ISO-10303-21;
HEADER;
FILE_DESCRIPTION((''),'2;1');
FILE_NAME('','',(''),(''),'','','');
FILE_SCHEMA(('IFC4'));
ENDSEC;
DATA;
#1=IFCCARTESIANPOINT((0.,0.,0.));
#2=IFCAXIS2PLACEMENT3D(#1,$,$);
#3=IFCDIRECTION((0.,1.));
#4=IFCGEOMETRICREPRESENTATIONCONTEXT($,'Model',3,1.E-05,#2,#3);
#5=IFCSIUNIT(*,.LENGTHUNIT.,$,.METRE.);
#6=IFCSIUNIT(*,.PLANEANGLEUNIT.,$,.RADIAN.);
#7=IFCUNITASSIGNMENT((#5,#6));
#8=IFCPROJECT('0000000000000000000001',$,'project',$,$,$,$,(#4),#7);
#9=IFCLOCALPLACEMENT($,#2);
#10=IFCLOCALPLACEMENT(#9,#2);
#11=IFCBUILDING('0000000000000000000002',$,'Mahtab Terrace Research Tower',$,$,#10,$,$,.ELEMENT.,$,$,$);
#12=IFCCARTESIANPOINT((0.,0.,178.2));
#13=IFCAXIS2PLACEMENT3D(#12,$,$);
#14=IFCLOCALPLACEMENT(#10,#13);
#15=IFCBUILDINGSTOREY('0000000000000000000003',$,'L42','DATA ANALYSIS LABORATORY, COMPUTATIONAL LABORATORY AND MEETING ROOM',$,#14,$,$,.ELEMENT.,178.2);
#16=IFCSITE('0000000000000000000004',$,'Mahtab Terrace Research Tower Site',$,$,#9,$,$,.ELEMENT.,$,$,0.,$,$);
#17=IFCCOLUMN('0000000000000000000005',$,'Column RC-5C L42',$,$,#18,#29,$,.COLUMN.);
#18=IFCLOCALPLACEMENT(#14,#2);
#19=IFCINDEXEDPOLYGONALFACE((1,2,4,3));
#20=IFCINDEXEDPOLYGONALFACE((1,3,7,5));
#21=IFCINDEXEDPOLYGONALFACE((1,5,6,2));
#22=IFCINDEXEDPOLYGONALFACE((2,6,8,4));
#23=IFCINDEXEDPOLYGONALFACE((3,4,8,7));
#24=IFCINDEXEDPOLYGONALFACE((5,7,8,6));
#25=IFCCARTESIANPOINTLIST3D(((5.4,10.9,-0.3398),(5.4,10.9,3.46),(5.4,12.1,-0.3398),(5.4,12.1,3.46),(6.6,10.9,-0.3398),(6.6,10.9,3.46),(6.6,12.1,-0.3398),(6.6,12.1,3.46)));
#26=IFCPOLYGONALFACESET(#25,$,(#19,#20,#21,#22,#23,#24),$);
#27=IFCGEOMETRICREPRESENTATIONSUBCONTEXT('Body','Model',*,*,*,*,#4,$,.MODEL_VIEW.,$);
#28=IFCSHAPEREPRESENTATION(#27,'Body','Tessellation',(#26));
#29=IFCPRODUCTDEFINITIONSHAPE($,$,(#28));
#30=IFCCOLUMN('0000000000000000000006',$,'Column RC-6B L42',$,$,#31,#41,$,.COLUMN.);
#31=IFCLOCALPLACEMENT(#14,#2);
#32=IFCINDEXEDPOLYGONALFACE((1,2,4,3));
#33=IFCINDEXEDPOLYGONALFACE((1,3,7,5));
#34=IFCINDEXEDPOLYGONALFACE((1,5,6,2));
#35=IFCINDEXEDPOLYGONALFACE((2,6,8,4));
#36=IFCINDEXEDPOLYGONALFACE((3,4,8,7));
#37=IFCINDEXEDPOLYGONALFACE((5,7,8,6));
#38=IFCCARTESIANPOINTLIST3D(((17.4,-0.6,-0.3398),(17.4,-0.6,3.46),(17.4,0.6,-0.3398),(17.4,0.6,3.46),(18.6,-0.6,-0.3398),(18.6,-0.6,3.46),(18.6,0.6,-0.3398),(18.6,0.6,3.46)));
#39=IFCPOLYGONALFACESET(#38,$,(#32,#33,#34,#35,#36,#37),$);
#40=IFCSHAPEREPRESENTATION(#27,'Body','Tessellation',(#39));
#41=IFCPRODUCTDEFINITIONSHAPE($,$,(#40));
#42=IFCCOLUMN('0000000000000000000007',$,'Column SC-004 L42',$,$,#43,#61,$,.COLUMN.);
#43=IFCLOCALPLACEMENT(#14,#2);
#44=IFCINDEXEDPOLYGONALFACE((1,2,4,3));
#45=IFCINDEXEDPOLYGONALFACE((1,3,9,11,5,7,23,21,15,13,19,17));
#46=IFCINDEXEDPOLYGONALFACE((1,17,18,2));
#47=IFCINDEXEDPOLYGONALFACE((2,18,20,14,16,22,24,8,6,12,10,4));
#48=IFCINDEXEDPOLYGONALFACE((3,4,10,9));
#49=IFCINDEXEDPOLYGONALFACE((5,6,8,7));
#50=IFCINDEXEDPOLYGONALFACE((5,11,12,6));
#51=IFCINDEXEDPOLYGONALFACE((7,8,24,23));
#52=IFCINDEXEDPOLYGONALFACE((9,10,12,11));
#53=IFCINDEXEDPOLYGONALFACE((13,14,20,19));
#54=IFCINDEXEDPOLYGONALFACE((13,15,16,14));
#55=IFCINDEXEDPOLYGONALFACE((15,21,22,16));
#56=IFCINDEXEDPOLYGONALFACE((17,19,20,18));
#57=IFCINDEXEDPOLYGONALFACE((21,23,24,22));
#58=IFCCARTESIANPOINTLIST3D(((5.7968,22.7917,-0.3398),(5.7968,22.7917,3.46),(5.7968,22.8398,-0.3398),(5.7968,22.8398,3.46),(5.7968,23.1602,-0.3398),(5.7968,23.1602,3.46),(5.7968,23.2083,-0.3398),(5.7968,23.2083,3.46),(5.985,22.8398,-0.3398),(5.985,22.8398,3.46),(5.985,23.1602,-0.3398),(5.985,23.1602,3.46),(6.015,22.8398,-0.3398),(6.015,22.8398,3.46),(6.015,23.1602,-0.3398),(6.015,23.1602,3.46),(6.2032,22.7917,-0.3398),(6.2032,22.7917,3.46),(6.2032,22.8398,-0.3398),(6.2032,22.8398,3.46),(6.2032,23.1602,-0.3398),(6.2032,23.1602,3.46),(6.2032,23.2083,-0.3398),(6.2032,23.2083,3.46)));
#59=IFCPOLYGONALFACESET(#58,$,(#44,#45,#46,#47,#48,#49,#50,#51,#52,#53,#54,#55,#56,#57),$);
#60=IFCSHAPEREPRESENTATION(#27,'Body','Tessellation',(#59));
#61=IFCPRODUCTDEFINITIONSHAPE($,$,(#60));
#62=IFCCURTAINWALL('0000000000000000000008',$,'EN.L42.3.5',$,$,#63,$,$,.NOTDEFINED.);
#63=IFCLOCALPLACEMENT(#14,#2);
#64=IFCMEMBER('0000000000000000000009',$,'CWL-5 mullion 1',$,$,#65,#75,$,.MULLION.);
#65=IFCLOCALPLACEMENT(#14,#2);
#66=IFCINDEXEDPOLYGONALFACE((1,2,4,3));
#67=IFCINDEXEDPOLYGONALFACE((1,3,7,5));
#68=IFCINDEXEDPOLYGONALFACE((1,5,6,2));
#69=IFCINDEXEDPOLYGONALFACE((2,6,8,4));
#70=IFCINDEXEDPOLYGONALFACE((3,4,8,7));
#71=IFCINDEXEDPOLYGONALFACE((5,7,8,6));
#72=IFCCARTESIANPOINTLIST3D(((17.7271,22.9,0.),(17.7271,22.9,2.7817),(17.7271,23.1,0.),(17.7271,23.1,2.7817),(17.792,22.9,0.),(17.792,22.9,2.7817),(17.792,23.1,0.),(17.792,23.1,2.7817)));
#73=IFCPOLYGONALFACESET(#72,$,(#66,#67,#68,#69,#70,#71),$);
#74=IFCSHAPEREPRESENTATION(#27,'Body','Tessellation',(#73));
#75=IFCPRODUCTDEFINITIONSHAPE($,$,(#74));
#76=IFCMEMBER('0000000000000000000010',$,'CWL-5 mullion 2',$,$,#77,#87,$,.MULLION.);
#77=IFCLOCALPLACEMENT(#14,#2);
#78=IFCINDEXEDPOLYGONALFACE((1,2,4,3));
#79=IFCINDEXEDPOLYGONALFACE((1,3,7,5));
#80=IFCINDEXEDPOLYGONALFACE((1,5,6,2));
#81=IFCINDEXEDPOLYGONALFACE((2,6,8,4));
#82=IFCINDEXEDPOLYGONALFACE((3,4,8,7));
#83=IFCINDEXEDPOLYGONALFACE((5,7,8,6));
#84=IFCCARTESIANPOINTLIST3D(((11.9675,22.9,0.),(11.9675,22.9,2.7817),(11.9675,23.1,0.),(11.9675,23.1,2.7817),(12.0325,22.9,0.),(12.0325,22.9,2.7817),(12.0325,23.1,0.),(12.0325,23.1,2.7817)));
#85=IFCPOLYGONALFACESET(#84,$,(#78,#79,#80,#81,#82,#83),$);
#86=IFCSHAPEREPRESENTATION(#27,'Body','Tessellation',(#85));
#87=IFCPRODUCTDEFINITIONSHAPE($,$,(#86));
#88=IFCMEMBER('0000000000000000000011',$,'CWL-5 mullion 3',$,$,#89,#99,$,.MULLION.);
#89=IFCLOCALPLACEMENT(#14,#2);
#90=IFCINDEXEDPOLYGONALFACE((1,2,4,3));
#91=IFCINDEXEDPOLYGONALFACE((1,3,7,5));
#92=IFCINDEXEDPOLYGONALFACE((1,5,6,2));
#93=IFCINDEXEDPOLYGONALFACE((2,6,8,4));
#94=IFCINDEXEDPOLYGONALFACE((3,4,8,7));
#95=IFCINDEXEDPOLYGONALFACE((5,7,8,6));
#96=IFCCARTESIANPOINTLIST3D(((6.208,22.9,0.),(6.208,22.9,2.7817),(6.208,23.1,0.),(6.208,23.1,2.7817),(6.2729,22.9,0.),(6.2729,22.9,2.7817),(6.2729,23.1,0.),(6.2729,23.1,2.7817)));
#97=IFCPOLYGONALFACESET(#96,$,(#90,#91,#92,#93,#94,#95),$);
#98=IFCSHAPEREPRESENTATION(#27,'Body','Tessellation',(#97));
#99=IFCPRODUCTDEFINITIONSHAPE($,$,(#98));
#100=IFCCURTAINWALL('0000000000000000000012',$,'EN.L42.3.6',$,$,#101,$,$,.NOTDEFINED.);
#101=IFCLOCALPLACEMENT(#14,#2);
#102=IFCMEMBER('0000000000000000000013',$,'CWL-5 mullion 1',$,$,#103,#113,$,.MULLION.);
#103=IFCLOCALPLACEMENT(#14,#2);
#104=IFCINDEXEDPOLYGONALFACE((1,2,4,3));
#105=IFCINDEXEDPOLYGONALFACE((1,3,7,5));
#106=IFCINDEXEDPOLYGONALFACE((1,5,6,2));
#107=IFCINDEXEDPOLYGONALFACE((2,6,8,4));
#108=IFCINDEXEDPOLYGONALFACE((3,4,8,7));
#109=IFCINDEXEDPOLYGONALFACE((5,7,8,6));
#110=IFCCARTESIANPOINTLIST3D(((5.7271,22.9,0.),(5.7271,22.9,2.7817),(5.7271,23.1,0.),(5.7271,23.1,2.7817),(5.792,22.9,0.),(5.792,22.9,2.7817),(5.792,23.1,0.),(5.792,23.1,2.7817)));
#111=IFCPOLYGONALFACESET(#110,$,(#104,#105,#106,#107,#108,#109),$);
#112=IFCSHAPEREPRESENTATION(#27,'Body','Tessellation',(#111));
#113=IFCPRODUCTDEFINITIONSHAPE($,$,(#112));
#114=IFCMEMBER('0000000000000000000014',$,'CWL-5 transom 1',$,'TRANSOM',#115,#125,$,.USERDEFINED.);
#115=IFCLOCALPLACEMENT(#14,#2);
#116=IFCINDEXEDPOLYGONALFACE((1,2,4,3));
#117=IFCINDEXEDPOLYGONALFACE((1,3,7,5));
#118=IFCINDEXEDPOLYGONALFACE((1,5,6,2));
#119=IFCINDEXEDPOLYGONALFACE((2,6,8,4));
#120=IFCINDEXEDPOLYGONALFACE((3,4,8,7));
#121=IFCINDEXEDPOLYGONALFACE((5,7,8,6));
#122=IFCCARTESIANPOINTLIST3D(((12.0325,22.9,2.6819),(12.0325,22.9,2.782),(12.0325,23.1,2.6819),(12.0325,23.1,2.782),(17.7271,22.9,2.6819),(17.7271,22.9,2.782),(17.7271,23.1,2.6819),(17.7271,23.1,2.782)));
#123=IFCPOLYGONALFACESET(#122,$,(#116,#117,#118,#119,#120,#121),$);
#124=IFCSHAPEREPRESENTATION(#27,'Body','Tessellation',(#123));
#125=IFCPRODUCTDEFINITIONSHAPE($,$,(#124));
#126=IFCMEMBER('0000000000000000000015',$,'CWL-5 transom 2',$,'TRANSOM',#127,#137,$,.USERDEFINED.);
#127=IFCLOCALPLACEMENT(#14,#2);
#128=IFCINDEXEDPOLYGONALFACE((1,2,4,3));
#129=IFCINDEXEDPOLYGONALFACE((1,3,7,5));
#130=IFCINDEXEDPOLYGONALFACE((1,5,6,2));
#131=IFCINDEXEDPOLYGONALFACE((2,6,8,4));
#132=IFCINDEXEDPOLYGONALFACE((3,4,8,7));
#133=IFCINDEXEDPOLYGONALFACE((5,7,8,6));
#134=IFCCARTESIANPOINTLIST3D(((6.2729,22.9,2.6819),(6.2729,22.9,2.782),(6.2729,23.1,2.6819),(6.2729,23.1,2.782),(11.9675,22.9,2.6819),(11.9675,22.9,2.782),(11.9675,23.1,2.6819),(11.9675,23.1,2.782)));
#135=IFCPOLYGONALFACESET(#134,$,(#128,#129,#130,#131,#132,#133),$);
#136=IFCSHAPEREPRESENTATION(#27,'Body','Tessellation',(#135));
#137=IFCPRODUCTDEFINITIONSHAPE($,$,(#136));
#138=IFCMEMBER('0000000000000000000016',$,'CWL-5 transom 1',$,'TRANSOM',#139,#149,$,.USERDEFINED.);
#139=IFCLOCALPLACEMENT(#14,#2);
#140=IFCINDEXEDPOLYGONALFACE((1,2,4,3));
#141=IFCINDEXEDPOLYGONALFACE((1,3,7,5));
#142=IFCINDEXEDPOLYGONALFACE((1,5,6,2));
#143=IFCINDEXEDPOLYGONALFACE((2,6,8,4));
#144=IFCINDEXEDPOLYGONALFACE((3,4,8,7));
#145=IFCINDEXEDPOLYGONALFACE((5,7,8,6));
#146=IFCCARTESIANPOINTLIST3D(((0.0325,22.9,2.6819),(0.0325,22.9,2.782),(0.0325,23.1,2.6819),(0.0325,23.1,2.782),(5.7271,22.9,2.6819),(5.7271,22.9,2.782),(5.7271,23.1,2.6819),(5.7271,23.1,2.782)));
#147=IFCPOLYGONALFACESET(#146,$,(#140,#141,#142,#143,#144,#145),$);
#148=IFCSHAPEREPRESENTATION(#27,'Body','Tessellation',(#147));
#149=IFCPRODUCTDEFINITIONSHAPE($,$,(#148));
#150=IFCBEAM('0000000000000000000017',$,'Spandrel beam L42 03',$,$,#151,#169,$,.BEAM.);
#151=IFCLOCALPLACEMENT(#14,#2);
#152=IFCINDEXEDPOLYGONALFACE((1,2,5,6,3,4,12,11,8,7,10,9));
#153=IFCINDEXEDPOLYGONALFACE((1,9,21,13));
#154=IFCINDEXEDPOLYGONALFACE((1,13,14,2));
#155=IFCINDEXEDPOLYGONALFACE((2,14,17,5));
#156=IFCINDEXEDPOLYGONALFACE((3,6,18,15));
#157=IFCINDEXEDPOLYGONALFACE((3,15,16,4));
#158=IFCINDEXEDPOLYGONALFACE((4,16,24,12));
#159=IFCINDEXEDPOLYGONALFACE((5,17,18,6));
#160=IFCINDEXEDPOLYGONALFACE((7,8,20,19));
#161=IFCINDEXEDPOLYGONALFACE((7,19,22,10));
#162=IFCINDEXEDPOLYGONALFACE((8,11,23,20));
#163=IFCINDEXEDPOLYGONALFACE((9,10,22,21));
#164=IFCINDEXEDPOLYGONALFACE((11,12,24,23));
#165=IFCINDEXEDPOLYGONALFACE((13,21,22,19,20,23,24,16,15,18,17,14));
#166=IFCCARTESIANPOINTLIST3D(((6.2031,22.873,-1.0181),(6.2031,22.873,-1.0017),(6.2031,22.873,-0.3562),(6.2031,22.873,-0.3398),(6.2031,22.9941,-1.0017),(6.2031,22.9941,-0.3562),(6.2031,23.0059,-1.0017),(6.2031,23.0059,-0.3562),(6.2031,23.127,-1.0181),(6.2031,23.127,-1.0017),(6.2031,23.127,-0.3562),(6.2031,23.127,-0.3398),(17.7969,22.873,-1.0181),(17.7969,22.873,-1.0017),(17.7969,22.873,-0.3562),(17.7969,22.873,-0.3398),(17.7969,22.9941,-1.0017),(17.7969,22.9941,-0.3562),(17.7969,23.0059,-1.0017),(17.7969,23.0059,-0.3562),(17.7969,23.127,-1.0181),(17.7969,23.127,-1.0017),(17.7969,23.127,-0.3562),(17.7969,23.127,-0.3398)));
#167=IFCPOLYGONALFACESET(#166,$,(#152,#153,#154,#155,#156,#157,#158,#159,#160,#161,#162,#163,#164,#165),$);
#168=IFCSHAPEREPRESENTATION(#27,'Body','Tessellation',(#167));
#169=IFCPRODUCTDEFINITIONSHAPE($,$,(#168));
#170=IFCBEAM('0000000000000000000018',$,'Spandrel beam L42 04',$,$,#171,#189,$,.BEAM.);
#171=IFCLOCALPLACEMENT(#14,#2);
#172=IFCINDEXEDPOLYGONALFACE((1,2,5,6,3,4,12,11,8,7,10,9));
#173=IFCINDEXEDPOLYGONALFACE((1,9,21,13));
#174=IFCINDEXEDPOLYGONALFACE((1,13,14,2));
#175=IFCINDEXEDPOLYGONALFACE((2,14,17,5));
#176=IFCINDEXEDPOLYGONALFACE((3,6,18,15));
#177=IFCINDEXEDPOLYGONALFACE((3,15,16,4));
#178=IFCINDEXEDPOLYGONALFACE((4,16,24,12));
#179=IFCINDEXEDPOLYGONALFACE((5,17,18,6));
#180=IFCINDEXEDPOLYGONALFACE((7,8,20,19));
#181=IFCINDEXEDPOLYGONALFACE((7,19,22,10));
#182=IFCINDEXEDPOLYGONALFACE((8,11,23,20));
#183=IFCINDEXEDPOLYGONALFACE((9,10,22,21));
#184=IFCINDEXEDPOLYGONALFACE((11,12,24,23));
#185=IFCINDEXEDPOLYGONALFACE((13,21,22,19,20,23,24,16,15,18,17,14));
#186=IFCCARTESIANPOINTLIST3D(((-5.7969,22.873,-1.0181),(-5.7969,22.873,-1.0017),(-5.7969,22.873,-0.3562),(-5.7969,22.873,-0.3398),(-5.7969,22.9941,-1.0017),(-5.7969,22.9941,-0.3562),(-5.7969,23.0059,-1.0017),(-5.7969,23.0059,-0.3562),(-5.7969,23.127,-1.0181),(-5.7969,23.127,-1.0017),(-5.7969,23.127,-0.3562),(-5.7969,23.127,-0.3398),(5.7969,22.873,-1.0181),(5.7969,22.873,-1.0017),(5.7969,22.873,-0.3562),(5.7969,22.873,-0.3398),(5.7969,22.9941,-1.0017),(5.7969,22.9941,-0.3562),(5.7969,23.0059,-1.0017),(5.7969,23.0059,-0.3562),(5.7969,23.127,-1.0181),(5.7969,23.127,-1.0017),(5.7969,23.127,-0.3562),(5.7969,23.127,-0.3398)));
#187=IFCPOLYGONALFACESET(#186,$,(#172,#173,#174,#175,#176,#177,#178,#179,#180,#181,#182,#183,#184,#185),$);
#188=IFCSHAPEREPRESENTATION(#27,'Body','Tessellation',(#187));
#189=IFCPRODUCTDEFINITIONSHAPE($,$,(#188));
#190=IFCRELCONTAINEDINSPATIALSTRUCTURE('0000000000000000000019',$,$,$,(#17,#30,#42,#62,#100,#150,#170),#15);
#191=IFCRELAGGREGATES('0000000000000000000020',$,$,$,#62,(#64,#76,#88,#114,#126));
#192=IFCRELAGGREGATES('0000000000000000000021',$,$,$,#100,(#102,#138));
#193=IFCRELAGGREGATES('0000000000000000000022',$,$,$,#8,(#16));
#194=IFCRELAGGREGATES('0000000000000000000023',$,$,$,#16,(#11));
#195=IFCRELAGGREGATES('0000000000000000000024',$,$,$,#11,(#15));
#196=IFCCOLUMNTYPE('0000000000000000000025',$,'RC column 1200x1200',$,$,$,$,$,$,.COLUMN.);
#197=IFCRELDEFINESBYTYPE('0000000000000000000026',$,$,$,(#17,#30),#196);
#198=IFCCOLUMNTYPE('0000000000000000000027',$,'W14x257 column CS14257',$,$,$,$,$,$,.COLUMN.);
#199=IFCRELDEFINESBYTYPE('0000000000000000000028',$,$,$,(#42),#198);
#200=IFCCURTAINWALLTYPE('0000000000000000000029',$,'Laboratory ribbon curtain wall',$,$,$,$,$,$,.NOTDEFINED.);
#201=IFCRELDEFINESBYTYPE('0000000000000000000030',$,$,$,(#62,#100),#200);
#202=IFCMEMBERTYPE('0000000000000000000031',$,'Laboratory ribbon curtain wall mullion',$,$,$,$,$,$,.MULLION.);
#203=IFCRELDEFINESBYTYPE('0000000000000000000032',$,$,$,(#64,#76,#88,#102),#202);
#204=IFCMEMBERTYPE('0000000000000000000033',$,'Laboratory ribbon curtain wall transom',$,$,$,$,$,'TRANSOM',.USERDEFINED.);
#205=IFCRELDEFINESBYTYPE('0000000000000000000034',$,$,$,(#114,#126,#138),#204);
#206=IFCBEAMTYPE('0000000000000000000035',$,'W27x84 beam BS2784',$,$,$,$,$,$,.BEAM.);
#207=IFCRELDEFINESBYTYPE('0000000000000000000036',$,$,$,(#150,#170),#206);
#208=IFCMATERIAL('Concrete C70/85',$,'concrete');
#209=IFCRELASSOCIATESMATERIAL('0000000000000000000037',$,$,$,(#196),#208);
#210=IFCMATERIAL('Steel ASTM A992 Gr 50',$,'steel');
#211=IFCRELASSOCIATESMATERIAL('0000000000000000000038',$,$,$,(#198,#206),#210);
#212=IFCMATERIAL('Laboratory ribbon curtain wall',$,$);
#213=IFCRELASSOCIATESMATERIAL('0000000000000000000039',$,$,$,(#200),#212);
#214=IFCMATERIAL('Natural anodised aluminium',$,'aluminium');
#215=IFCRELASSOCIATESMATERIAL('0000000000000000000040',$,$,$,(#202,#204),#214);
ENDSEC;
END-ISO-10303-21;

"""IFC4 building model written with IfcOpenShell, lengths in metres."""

from ifc_helpers import new_model, si_unit, direction, frame, origin, origin_2d, place, context, subcontext, project, spatial, rectangle, i_section, extrude, material, material_profile, profile_set, type_object, element, aggregate, save


model = new_model("IFC4")

# Units and contexts
model_context = context("Model", 3, precision=1e-05, world=origin(), true_north=direction((0.0, 1.0)))
body_context = subcontext(model_context, "Body", "Model", "MODEL_VIEW")
ifc_project = project(units=[si_unit("LENGTHUNIT", "METRE"), si_unit("PLANEANGLEUNIT", "RADIAN")], contexts=[model_context])

# Site, building, storey
site_placement = place(None, origin())
site = spatial("IfcSite", under=ifc_project, at=site_placement, Name="Mahtab Terrace Research Tower Site", CompositionType="ELEMENT", RefElevation=0.0)
building_placement = place(site_placement, origin())
building = spatial("IfcBuilding", under=site, at=building_placement, Name="Mahtab Terrace Research Tower", CompositionType="ELEMENT")
storey_placement = place(building_placement, frame((0.0, 0.0, 178.2)))
storey = spatial("IfcBuildingStorey", under=building, at=storey_placement, Name="L42", Description="DATA ANALYSIS LABORATORY, COMPUTATIONAL LABORATORY AND MEETING ROOM", CompositionType="ELEMENT", Elevation=178.2)

# Columns
ifc_material_1 = material(Name="Concrete C70/85", Category="concrete")
ifc_material_profile_1 = material_profile(ifc_material_1, rectangle(XDim=1.2, YDim=1.2, at=origin_2d()), Name="RC column 1200x1200")
ifc_profile_set_1 = profile_set([ifc_material_profile_1], Name="Concrete C70/85")
column_type_1 = type_object("IfcColumnType", Name="RC column 1200x1200", PredefinedType="COLUMN", material=ifc_profile_set_1)
for number, where, z_axis, x_axis, name in (
    (1, (6.0, 11.5, -0.3398), (0.0, 0.0, 1.0), (1.0, 0.0, 0.0), "Column RC-5C L42"),
    (2, (18.0, 0.0, -0.3398), (0.0, 0.0, 1.0), (1.0, 0.0, 0.0), "Column RC-6B L42"),
):
    element("IfcColumn", number, at=place(storey_placement, frame(where, z_axis=z_axis, x_axis=x_axis)), inside=storey, type_object=column_type_1, Name=name, PredefinedType="COLUMN", context=body_context, shape_type="SweptSolid", body=[
        extrude(rectangle(XDim=1.2, YDim=1.2, at=origin_2d()), origin(), (0.0, 0.0, 1.0), 3.7998),
    ])
ifc_material_2 = material(Name="Steel ASTM A992 Gr 50", Category="steel")
ifc_material_profile_2 = material_profile(ifc_material_2, i_section(OverallWidth=0.4065, OverallDepth=0.4165, WebThickness=0.03, FlangeThickness=0.0481, at=origin_2d()), Name="W14X257")
ifc_profile_set_2 = profile_set([ifc_material_profile_2], Name="Steel ASTM A992 Gr 50")
column_type_2 = type_object("IfcColumnType", Name="W14x257 column CS14257", PredefinedType="COLUMN", material=ifc_profile_set_2)
column_placement = place(storey_placement, frame((6.0, 23.0, -0.3398), z_axis=(0.0, 0.0, 1.0), x_axis=(1.0, 0.0, 0.0)))
element("IfcColumn", 3, at=column_placement, inside=storey, type_object=column_type_2, Name="Column SC-004 L42", PredefinedType="COLUMN", context=body_context, shape_type="SweptSolid", body=[
    extrude(i_section(OverallWidth=0.4065, OverallDepth=0.4165, WebThickness=0.03, FlangeThickness=0.0481, at=origin_2d()), origin(), (0.0, 0.0, 1.0), 3.7998),
])

# Curtain wall, members
ifc_material_3 = material(Name="Laboratory ribbon curtain wall")
curtain_wall_type = type_object("IfcCurtainWallType", Name="Laboratory ribbon curtain wall", PredefinedType="NOTDEFINED", material=ifc_material_3)
curtain_wall_1_placement = place(storey_placement, origin())
curtain_wall_1 = element("IfcCurtainWall", 4, at=curtain_wall_1_placement, inside=storey, type_object=curtain_wall_type, Name="EN.L42.3.5", PredefinedType="NOTDEFINED")
ifc_material_4 = material(Name="Natural anodised aluminium", Category="aluminium")
ifc_material_profile_3 = material_profile(ifc_material_4, rectangle(XDim=0.2, YDim=0.0649, at=origin_2d()), Name="MULLION 65x200")
ifc_profile_set_3 = profile_set([ifc_material_profile_3], Name="Natural anodised aluminium")
member_type_1 = type_object("IfcMemberType", Name="Laboratory ribbon curtain wall mullion", PredefinedType="MULLION", material=ifc_profile_set_3)
member_1_placement = place(storey_placement, frame((17.7595, 23.0, 0.0), z_axis=(0.0, 0.0, 1.0), x_axis=(0.0, -1.0, 0.0)))
member_1 = element("IfcMember", 5, at=member_1_placement, type_object=member_type_1, Name="CWL-5 mullion 1", PredefinedType="MULLION", context=body_context, shape_type="SweptSolid", body=[
    extrude(rectangle(XDim=0.2, YDim=0.0649, at=origin_2d()), origin(), (0.0, 0.0, 1.0), 2.7817),
])
member_2_placement = place(storey_placement, frame((12.0, 23.0, 0.0), z_axis=(0.0, 0.0, 1.0), x_axis=(0.0, -1.0, 0.0)))
member_2 = element("IfcMember", 6, at=member_2_placement, type_object=member_type_1, Name="CWL-5 mullion 2", PredefinedType="MULLION", context=body_context, shape_type="SweptSolid", body=[
    extrude(rectangle(XDim=0.2, YDim=0.0649, at=origin_2d()), origin(), (0.0, 0.0, 1.0), 2.7817),
])
member_3_placement = place(storey_placement, frame((6.2405, 23.0, 0.0), z_axis=(0.0, 0.0, 1.0), x_axis=(0.0, -1.0, 0.0)))
member_3 = element("IfcMember", 7, at=member_3_placement, type_object=member_type_1, Name="CWL-5 mullion 3", PredefinedType="MULLION", context=body_context, shape_type="SweptSolid", body=[
    extrude(rectangle(XDim=0.2, YDim=0.0649, at=origin_2d()), origin(), (0.0, 0.0, 1.0), 2.7817),
])

# Curtain wall, member
curtain_wall_2_placement = place(storey_placement, origin())
curtain_wall_2 = element("IfcCurtainWall", 8, at=curtain_wall_2_placement, inside=storey, type_object=curtain_wall_type, Name="EN.L42.3.6", PredefinedType="NOTDEFINED")
member_4_placement = place(storey_placement, frame((5.7595, 23.0, 0.0), z_axis=(0.0, 0.0, 1.0), x_axis=(0.0, -1.0, 0.0)))
member_4 = element("IfcMember", 9, at=member_4_placement, type_object=member_type_1, Name="CWL-5 mullion 1", PredefinedType="MULLION", context=body_context, shape_type="SweptSolid", body=[
    extrude(rectangle(XDim=0.2, YDim=0.0649, at=origin_2d()), origin(), (0.0, 0.0, 1.0), 2.7817),
])

# Members
ifc_material_profile_4 = material_profile(ifc_material_4, rectangle(XDim=0.2, YDim=0.1001, at=origin_2d()), Name="TRANSOM 100x200")
ifc_profile_set_4 = profile_set([ifc_material_profile_4], Name="Natural anodised aluminium")
member_type_2 = type_object("IfcMemberType", Name="Laboratory ribbon curtain wall transom", ElementType="TRANSOM", PredefinedType="USERDEFINED", material=ifc_profile_set_4)
member_5_placement = place(storey_placement, frame((17.7271, 23.0, 2.7319), z_axis=(-1.0, 0.0, 0.0), x_axis=(0.0, -1.0, 0.0)))
member_5 = element("IfcMember", 10, at=member_5_placement, type_object=member_type_2, Name="CWL-5 transom 1", ObjectType="TRANSOM", PredefinedType="USERDEFINED", context=body_context, shape_type="SweptSolid", body=[
    extrude(rectangle(XDim=0.2, YDim=0.1001, at=origin_2d()), origin(), (0.0, 0.0, 1.0), 5.6946),
])
member_6_placement = place(storey_placement, frame((11.9675, 23.0, 2.7319), z_axis=(-1.0, 0.0, 0.0), x_axis=(0.0, -1.0, 0.0)))
member_6 = element("IfcMember", 11, at=member_6_placement, type_object=member_type_2, Name="CWL-5 transom 2", ObjectType="TRANSOM", PredefinedType="USERDEFINED", context=body_context, shape_type="SweptSolid", body=[
    extrude(rectangle(XDim=0.2, YDim=0.1001, at=origin_2d()), origin(), (0.0, 0.0, 1.0), 5.6946),
])
member_7_placement = place(storey_placement, frame((5.7271, 23.0, 2.7319), z_axis=(-1.0, 0.0, 0.0), x_axis=(0.0, -1.0, 0.0)))
member_7 = element("IfcMember", 12, at=member_7_placement, type_object=member_type_2, Name="CWL-5 transom 1", ObjectType="TRANSOM", PredefinedType="USERDEFINED", context=body_context, shape_type="SweptSolid", body=[
    extrude(rectangle(XDim=0.2, YDim=0.1001, at=origin_2d()), origin(), (0.0, 0.0, 1.0), 5.6946),
])

# Beams
ifc_material_profile_5 = material_profile(ifc_material_2, i_section(OverallWidth=0.2539, OverallDepth=0.6782, WebThickness=0.0117, FlangeThickness=0.0164, at=origin_2d()), Name="W27X84")
ifc_profile_set_5 = profile_set([ifc_material_profile_5], Name="Steel ASTM A992 Gr 50")
beam_type = type_object("IfcBeamType", Name="W27x84 beam BS2784", PredefinedType="BEAM", material=ifc_profile_set_5)
for number, where, z_axis, x_axis, name in (
    (13, (17.7969, 23.0, -0.679), (-1.0, 0.0, 0.0), (0.0, -1.0, 0.0), "Spandrel beam L42 03"),
    (14, (5.7969, 23.0, -0.679), (-1.0, 0.0, 0.0), (0.0, -1.0, 0.0), "Spandrel beam L42 04"),
):
    element("IfcBeam", number, at=place(storey_placement, frame(where, z_axis=z_axis, x_axis=x_axis)), inside=storey, type_object=beam_type, Name=name, PredefinedType="BEAM", context=body_context, shape_type="SweptSolid", body=[
        extrude(i_section(OverallWidth=0.2539, OverallDepth=0.6782, WebThickness=0.0117, FlangeThickness=0.0164, at=origin_2d()), origin(), (0.0, 0.0, 1.0), 11.5938),
    ])

aggregate(curtain_wall_1, [member_1, member_2, member_3, member_5, member_6])
aggregate(curtain_wall_2, [member_4, member_7])

save(model, "model.ifc")
